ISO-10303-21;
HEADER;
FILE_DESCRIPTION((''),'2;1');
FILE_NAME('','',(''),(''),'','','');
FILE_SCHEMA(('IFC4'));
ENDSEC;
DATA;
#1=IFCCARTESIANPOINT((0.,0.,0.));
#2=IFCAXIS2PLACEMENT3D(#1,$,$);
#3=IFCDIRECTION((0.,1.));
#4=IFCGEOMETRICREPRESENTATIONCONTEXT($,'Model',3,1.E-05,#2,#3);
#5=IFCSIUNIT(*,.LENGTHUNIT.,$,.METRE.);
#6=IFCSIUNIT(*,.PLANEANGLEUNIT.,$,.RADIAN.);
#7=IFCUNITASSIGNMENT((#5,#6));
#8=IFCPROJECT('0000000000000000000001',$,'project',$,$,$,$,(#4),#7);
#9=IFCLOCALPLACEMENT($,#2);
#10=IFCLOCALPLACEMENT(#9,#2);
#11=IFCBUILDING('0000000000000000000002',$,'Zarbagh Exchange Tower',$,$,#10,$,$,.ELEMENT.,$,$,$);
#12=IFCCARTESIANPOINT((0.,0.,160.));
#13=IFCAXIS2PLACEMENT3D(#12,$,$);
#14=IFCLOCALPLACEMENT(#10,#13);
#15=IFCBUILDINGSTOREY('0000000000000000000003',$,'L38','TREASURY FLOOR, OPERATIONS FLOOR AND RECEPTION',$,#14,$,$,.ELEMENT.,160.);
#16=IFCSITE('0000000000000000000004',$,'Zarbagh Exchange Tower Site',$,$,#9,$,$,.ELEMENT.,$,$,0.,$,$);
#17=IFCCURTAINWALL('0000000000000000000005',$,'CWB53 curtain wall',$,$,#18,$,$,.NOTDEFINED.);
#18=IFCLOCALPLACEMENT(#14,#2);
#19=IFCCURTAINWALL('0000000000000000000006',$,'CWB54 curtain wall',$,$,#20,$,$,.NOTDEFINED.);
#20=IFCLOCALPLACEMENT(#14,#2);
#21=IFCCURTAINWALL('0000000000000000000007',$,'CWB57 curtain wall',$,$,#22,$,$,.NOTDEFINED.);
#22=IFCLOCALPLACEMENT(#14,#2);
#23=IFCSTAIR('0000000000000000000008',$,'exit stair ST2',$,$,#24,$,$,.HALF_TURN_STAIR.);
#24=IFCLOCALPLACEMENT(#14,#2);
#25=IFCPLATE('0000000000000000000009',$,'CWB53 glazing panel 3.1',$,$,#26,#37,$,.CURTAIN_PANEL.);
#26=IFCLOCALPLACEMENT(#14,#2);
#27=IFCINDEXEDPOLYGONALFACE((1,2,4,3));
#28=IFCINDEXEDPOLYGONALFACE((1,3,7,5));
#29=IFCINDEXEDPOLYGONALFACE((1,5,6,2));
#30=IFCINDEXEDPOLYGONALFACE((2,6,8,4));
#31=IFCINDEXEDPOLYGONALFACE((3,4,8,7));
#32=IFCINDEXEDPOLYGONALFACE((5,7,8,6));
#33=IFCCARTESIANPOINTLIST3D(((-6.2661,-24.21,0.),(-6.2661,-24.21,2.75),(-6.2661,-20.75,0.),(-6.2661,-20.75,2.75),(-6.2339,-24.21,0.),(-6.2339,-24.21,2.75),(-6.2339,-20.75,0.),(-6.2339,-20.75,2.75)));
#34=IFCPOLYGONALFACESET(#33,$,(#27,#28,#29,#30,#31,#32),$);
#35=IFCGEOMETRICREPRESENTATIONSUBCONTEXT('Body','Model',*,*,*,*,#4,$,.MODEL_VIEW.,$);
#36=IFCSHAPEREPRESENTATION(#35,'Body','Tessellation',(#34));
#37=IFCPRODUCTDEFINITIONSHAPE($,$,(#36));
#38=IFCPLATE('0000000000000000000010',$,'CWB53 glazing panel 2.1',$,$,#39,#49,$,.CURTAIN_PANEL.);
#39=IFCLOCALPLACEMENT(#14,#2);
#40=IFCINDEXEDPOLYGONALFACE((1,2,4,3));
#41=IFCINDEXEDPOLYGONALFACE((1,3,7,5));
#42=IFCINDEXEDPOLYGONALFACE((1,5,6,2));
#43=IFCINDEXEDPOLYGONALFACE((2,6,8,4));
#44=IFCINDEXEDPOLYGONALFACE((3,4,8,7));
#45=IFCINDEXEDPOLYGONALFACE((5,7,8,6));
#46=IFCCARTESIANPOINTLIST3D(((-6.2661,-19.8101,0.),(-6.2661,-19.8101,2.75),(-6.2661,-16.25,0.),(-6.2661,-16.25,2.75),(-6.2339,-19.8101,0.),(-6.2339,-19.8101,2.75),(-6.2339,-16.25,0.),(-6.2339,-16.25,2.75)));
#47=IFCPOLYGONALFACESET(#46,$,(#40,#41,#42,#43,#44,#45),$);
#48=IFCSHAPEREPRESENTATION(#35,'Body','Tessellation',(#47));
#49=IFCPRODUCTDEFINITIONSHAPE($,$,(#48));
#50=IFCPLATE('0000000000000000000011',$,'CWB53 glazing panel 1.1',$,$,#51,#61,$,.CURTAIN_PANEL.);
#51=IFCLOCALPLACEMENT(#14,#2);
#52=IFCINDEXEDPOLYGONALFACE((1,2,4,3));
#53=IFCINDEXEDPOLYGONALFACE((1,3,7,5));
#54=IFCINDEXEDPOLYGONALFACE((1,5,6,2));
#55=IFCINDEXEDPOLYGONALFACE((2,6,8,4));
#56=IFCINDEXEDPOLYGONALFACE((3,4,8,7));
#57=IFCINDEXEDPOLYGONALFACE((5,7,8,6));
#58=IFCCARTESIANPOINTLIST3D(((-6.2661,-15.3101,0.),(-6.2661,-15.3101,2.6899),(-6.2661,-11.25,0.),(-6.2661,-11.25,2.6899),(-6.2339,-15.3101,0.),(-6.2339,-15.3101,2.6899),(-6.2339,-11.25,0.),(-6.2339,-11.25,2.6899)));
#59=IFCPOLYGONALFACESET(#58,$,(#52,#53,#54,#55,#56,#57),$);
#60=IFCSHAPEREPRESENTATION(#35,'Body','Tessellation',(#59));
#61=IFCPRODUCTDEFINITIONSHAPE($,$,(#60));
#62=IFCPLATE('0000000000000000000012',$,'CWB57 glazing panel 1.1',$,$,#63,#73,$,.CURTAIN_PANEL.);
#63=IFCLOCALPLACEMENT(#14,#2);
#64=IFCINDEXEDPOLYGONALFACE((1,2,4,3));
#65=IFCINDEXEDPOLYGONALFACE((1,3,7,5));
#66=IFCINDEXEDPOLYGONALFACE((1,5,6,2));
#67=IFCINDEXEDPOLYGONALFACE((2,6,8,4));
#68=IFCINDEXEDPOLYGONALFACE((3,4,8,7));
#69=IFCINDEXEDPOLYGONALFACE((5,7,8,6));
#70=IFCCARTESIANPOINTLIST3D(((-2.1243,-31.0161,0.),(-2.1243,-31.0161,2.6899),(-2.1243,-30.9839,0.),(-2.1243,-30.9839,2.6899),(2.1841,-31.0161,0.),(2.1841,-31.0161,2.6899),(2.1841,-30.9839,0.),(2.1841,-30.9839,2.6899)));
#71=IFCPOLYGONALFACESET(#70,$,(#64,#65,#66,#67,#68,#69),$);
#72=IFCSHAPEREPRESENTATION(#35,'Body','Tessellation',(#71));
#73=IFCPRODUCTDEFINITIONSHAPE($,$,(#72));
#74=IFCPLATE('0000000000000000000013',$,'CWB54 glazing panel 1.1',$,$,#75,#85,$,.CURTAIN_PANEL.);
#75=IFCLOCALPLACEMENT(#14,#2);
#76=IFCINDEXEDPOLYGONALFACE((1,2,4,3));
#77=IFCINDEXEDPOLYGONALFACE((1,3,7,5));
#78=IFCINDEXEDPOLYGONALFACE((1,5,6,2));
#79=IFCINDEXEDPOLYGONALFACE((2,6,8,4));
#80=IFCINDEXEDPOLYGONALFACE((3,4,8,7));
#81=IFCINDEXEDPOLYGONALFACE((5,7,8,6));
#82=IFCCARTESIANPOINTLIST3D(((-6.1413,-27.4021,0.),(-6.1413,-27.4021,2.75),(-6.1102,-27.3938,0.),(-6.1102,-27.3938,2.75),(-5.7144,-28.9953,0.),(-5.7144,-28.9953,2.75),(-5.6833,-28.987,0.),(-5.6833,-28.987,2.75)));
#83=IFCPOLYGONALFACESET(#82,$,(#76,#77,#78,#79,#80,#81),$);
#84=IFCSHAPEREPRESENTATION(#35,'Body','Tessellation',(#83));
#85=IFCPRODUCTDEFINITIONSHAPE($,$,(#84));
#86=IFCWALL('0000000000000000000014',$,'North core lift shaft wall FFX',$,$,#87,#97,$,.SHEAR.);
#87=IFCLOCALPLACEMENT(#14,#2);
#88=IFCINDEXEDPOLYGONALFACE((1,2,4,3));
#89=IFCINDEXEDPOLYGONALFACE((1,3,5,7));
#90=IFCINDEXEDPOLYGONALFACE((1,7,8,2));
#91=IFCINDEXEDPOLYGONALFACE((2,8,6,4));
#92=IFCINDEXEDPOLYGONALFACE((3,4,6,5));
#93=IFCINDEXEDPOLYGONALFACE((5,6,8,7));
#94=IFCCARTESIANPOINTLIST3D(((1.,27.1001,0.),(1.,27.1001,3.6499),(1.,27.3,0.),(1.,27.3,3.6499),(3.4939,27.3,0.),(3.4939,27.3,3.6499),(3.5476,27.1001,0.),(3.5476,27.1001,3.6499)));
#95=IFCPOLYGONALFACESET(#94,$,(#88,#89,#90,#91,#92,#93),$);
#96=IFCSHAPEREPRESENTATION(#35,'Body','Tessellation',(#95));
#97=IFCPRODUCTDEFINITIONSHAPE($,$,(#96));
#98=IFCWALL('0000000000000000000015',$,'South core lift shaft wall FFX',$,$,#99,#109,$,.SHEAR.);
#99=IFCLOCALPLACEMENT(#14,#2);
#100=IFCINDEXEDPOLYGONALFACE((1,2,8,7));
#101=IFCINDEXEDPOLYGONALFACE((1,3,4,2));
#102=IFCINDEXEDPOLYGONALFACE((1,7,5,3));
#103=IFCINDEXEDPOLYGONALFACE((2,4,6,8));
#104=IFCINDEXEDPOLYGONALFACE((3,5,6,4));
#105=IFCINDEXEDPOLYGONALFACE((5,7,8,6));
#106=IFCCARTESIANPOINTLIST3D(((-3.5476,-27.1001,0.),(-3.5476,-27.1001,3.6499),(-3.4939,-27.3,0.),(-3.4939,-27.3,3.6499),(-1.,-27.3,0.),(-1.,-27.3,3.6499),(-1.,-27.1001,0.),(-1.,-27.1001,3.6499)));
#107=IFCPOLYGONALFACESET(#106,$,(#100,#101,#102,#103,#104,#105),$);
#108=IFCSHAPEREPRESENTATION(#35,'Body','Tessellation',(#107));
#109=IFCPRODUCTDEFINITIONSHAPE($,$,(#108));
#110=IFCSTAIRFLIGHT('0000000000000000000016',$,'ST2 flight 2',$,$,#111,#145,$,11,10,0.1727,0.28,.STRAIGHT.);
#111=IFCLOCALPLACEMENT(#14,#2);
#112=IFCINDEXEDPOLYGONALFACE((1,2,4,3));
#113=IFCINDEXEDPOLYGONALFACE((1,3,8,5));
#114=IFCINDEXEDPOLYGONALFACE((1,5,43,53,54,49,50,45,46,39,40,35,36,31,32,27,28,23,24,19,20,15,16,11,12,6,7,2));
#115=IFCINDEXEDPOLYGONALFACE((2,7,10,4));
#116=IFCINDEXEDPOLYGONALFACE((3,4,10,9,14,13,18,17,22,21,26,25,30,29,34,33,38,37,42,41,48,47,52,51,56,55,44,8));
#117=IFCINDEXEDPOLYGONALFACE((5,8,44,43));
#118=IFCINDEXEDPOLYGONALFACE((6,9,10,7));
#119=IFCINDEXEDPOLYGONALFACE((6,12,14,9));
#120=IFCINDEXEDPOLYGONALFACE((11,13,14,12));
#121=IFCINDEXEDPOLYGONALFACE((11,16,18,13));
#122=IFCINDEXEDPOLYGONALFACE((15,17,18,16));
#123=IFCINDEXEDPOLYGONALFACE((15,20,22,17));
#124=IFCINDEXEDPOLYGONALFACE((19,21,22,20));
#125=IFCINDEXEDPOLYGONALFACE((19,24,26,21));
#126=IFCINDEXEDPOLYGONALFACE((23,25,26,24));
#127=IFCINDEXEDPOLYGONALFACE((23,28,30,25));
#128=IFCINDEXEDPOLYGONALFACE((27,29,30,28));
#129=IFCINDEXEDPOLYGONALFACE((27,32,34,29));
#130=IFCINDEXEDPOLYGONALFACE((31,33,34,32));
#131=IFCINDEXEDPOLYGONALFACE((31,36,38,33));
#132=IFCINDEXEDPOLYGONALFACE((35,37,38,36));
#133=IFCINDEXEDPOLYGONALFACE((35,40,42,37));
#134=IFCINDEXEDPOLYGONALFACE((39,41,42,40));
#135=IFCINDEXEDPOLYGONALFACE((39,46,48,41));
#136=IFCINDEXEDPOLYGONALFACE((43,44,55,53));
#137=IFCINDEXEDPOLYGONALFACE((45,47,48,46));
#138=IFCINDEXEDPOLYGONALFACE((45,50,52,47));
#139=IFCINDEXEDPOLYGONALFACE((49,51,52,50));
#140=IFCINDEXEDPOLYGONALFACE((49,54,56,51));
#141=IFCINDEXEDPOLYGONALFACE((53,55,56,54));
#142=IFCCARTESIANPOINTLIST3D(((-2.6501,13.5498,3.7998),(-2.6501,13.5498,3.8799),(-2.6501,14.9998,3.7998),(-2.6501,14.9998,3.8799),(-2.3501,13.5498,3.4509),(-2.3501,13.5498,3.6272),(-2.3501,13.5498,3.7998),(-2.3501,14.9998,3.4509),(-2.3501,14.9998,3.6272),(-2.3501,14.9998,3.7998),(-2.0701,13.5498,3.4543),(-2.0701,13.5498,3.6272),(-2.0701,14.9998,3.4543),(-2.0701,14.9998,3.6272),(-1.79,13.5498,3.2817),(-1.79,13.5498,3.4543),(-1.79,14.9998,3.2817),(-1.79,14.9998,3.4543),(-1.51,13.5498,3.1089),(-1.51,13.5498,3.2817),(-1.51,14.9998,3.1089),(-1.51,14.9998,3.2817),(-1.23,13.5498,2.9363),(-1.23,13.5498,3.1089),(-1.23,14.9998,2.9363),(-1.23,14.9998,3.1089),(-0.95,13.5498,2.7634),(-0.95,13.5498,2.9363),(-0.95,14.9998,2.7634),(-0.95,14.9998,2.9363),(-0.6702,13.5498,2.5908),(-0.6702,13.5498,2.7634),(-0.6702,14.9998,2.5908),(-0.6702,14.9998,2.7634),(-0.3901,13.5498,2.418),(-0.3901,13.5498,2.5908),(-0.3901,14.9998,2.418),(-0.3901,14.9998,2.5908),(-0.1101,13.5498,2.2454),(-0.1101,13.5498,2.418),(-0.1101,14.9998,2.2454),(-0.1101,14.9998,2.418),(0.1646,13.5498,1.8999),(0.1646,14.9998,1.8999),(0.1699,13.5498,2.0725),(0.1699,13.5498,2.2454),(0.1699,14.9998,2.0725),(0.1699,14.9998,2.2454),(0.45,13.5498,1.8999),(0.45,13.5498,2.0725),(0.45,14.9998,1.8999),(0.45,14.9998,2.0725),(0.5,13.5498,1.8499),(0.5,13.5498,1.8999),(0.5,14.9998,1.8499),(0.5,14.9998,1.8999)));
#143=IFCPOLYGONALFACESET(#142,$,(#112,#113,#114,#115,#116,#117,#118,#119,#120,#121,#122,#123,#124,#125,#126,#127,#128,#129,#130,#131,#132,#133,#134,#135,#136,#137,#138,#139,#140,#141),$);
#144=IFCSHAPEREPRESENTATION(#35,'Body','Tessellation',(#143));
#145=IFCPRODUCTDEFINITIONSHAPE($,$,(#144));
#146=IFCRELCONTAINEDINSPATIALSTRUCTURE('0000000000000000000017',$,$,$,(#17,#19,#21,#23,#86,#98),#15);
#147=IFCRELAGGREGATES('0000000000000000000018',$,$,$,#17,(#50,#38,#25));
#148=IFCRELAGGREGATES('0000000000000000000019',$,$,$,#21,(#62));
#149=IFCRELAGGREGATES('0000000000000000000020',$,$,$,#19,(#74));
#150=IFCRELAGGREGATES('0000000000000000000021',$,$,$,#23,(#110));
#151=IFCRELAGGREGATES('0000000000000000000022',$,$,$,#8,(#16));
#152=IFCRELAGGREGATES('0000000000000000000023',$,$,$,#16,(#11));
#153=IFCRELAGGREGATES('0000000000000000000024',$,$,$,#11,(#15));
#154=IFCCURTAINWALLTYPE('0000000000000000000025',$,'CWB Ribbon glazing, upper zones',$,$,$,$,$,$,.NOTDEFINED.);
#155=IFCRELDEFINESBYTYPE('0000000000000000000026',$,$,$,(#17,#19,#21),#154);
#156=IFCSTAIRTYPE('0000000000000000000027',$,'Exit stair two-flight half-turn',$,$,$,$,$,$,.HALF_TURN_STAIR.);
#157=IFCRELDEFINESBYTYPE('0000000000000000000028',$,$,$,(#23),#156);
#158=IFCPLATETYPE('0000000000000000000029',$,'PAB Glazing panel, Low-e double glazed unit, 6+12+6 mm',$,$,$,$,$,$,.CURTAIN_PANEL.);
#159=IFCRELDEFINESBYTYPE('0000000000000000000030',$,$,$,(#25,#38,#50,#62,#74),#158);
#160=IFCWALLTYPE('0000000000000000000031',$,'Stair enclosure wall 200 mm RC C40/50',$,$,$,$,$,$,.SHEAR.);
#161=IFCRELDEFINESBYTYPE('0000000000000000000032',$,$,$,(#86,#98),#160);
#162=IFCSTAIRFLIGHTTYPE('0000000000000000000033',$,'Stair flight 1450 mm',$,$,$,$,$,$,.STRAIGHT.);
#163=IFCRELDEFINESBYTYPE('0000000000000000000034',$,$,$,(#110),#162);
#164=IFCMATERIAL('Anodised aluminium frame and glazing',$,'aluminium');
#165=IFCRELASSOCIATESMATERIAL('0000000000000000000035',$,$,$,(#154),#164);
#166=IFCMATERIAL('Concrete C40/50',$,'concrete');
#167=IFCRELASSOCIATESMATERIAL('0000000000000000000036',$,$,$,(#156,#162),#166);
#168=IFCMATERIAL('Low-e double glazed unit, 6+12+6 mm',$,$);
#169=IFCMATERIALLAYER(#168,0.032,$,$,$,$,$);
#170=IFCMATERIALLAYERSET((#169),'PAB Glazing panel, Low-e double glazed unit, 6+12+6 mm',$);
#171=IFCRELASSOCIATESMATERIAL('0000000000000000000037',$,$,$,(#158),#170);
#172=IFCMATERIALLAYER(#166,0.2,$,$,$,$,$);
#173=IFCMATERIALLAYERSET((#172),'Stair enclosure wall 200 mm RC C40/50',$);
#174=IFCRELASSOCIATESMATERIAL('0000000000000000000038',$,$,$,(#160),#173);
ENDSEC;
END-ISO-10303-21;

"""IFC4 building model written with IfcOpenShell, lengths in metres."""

from ifc_helpers import new_model, si_unit, direction, frame, origin, place, context, subcontext, project, spatial, polyline, outline, extrude, source, transform, mapped, material, layer, layer_set, type_object, element, aggregate, save


model = new_model("IFC4")

# Units and contexts
model_context = context("Model", 3, precision=1e-05, world=origin(), true_north=direction((0.0, 1.0)))
body_context = subcontext(model_context, "Body", "Model", "MODEL_VIEW")
ifc_project = project(units=[si_unit("LENGTHUNIT", "METRE"), si_unit("PLANEANGLEUNIT", "RADIAN")], contexts=[model_context])

# Site, building, storey
site_placement = place(None, origin())
site = spatial("IfcSite", under=ifc_project, at=site_placement, Name="Zarbagh Exchange Tower Site", CompositionType="ELEMENT", RefElevation=0.0)
building_placement = place(site_placement, origin())
building = spatial("IfcBuilding", under=site, at=building_placement, Name="Zarbagh Exchange Tower", CompositionType="ELEMENT")
storey_placement = place(building_placement, frame((0.0, 0.0, 160.0)))
storey = spatial("IfcBuildingStorey", under=building, at=storey_placement, Name="L38", Description="TREASURY FLOOR, OPERATIONS FLOOR AND RECEPTION", CompositionType="ELEMENT", Elevation=160.0)

# Curtain wall
ifc_material_1 = material(Name="Anodised aluminium frame and glazing", Category="aluminium")
curtain_wall_type = type_object("IfcCurtainWallType", Name="CWB Ribbon glazing, upper zones", PredefinedType="NOTDEFINED", material=ifc_material_1)
curtain_wall_1_placement = place(storey_placement, origin())
curtain_wall_1 = element("IfcCurtainWall", 1, at=curtain_wall_1_placement, inside=storey, type_object=curtain_wall_type, Name="CWB53 curtain wall", PredefinedType="NOTDEFINED")
placement = place(storey_placement, origin())

# Curtain wall
curtain_wall_2_placement = place(storey_placement, origin())
curtain_wall_2 = element("IfcCurtainWall", 2, at=curtain_wall_2_placement, inside=storey, type_object=curtain_wall_type, Name="CWB54 curtain wall", PredefinedType="NOTDEFINED")

# Curtain wall
curtain_wall_3_placement = place(storey_placement, origin())
curtain_wall_3 = element("IfcCurtainWall", 3, at=curtain_wall_3_placement, inside=storey, type_object=curtain_wall_type, Name="CWB57 curtain wall", PredefinedType="NOTDEFINED")

# Stair
ifc_material_2 = material(Name="Concrete C40/50", Category="concrete")
stair_type = type_object("IfcStairType", Name="Exit stair two-flight half-turn", PredefinedType="HALF_TURN_STAIR", material=ifc_material_2)
stair_1_placement = place(storey_placement, origin())
stair_1 = element("IfcStair", 4, at=stair_1_placement, inside=storey, type_object=stair_type, Name="exit stair ST2", PredefinedType="HALF_TURN_STAIR")

# Shared definitions
ifc_material_3 = material(Name="Low-e double glazed unit, 6+12+6 mm")
ifc_layer_1 = layer(ifc_material_3, 0.032)
ifc_layer_set_1 = layer_set([ifc_layer_1], Name="PAB Glazing panel, Low-e double glazed unit, 6+12+6 mm")
plate_type = type_object("IfcPlateType", Name="PAB Glazing panel, Low-e double glazed unit, 6+12+6 mm", PredefinedType="CURTAIN_PANEL", material=ifc_layer_set_1)

# Plates
shared_shape_1 = source(origin(), body_context, "Body", "SweptSolid", [
    extrude(outline(polyline([(0.0, -0.0161), (3.46, -0.0161), (3.46, 0.0161), (0.0, 0.0161), (0.0, -0.0161)])), origin(), (0.0, 0.0, 1.0), 2.75),
])
plate_1 = element("IfcPlate", 5, at=placement, type_object=plate_type, Name="CWB53 glazing panel 3.1", PredefinedType="CURTAIN_PANEL", context=body_context, shape_type="MappedRepresentation", body=[
    mapped(shared_shape_1, transform((-6.25, -20.75, 0.0), x_axis=(0.0, -1.0, 0.0), y_axis=(1.0, 0.0, 0.0), z_axis=(0.0, 0.0, 1.0))),
])
shared_shape_2 = source(origin(), body_context, "Body", "SweptSolid", [
    extrude(outline(polyline([(0.0, -0.0161), (3.5601, -0.0161), (3.5601, 0.0161), (0.0, 0.0161), (0.0, -0.0161)])), origin(), (0.0, 0.0, 1.0), 2.75),
])
plate_2 = element("IfcPlate", 6, at=placement, type_object=plate_type, Name="CWB53 glazing panel 2.1", PredefinedType="CURTAIN_PANEL", context=body_context, shape_type="MappedRepresentation", body=[
    mapped(shared_shape_2, transform((-6.25, -16.25, 0.0), x_axis=(0.0, -1.0, 0.0), y_axis=(1.0, 0.0, 0.0), z_axis=(0.0, 0.0, 1.0))),
])
shared_shape_3 = source(origin(), body_context, "Body", "SweptSolid", [
    extrude(outline(polyline([(0.0, -0.0161), (4.0601, -0.0161), (4.0601, 0.0161), (0.0, 0.0161), (0.0, -0.0161)])), origin(), (0.0, 0.0, 1.0), 2.6899),
])
plate_3 = element("IfcPlate", 7, at=placement, type_object=plate_type, Name="CWB53 glazing panel 1.1", PredefinedType="CURTAIN_PANEL", context=body_context, shape_type="MappedRepresentation", body=[
    mapped(shared_shape_3, transform((-6.25, -11.25, 0.0), x_axis=(0.0, -1.0, 0.0), y_axis=(1.0, 0.0, 0.0), z_axis=(0.0, 0.0, 1.0))),
])
aggregate(curtain_wall_1, [plate_3, plate_2, plate_1])
shared_shape_4 = source(origin(), body_context, "Body", "SweptSolid", [
    extrude(outline(polyline([(0.0, -0.0161), (4.3083, -0.0161), (4.3083, 0.0161), (0.0, 0.0161), (0.0, -0.0161)])), origin(), (0.0, 0.0, 1.0), 2.6899),
])
plate_4 = element("IfcPlate", 8, at=placement, type_object=plate_type, Name="CWB57 glazing panel 1.1", PredefinedType="CURTAIN_PANEL", context=body_context, shape_type="MappedRepresentation", body=[
    mapped(shared_shape_4, transform((-2.1243, -31.0, 0.0), x_axis=(1.0, 0.0, 0.0), y_axis=(0.0, 1.0, 0.0), z_axis=(0.0, 0.0, 1.0))),
])
aggregate(curtain_wall_3, [plate_4])
shared_shape_5 = source(origin(), body_context, "Body", "SweptSolid", [
    extrude(outline(polyline([(0.0, -0.0161), (1.6494, -0.0161), (1.6494, 0.0161), (0.0, 0.0161), (0.0, -0.0161)])), origin(), (0.0, 0.0, 1.0), 2.75),
])
plate_5 = element("IfcPlate", 9, at=placement, type_object=plate_type, Name="CWB54 glazing panel 1.1", PredefinedType="CURTAIN_PANEL", context=body_context, shape_type="MappedRepresentation", body=[
    mapped(shared_shape_5, transform((-6.1257, -27.3979, 0.0), x_axis=(0.258825, -0.965924, 0.0), y_axis=(0.965924, 0.258825, 0.0), z_axis=(0.0, 0.0, 1.0))),
])
aggregate(curtain_wall_2, [plate_5])

# Walls
ifc_layer_2 = layer(ifc_material_2, 0.2)
ifc_layer_set_2 = layer_set([ifc_layer_2], Name="Stair enclosure wall 200 mm RC C40/50")
wall_type = type_object("IfcWallType", Name="Stair enclosure wall 200 mm RC C40/50", PredefinedType="SHEAR", material=ifc_layer_set_2)
wall_1_placement = place(storey_placement, origin())
element("IfcWall", 10, at=wall_1_placement, inside=storey, type_object=wall_type, Name="North core lift shaft wall FFX", PredefinedType="SHEAR", context=body_context, shape_type="SweptSolid", body=[
    extrude(outline(polyline([(1.0, 27.1001), (3.5476, 27.1001), (3.4939, 27.3), (1.0, 27.3), (1.0, 27.1001)])), origin(), (0.0, 0.0, 1.0), 3.6499),
])
wall_2_placement = place(storey_placement, origin())
element("IfcWall", 11, at=wall_2_placement, inside=storey, type_object=wall_type, Name="South core lift shaft wall FFX", PredefinedType="SHEAR", context=body_context, shape_type="SweptSolid", body=[
    extrude(outline(polyline([(-1.0, -27.1001), (-3.5476, -27.1001), (-3.4939, -27.3), (-1.0, -27.3), (-1.0, -27.1001)])), origin(), (0.0, 0.0, 1.0), 3.6499),
])

# Stair flight
stair_flight_type = type_object("IfcStairFlightType", Name="Stair flight 1450 mm", PredefinedType="STRAIGHT", material=ifc_material_2)
stair_flight_placement = place(storey_placement, frame((0.45, 14.2749, 1.8999), z_axis=(0.0, 0.0, 1.0), x_axis=(-1.0, 0.0, 0.0)))
stair_flight = element("IfcStairFlight", 12, at=stair_flight_placement, type_object=stair_flight_type, Name="ST2 flight 2", NumberOfRisers=11, NumberOfTreads=10, PredefinedType="STRAIGHT", RiserHeight=0.1727, TreadLength=0.28, context=body_context, shape_type="SweptSolid", body=[
    extrude(outline(polyline([(-0.05, -0.05), (-0.05, 0.0), (0.0, 0.0), (0.0, 0.1726), (0.28, 0.1726), (0.28, 0.3455), (0.5601, 0.3455), (0.5601, 0.5181), (0.8401, 0.5181), (0.8401, 0.6909), (1.1201, 0.6909), (1.1201, 0.8635), (1.3999, 0.8635), (1.3999, 1.0364), (1.6799, 1.0364), (1.6799, 1.209), (1.96, 1.209), (1.96, 1.3818), (2.24, 1.3818), (2.24, 1.5544), (2.52, 1.5544), (2.52, 1.7273), (2.8, 1.7273), (2.8, 1.8999), (3.1001, 1.98), (3.1001, 1.8999), (2.8, 1.551), (0.2854, 0.0), (-0.05, -0.05)])), frame((0.0, 0.7251, 0.0), z_axis=(0.0, -1.0, 0.0), x_axis=(1.0, 0.0, 0.0)), (0.0, 0.0, 1.0), 1.45),
])
aggregate(stair_1, [stair_flight])

save(model, "model.ifc")
